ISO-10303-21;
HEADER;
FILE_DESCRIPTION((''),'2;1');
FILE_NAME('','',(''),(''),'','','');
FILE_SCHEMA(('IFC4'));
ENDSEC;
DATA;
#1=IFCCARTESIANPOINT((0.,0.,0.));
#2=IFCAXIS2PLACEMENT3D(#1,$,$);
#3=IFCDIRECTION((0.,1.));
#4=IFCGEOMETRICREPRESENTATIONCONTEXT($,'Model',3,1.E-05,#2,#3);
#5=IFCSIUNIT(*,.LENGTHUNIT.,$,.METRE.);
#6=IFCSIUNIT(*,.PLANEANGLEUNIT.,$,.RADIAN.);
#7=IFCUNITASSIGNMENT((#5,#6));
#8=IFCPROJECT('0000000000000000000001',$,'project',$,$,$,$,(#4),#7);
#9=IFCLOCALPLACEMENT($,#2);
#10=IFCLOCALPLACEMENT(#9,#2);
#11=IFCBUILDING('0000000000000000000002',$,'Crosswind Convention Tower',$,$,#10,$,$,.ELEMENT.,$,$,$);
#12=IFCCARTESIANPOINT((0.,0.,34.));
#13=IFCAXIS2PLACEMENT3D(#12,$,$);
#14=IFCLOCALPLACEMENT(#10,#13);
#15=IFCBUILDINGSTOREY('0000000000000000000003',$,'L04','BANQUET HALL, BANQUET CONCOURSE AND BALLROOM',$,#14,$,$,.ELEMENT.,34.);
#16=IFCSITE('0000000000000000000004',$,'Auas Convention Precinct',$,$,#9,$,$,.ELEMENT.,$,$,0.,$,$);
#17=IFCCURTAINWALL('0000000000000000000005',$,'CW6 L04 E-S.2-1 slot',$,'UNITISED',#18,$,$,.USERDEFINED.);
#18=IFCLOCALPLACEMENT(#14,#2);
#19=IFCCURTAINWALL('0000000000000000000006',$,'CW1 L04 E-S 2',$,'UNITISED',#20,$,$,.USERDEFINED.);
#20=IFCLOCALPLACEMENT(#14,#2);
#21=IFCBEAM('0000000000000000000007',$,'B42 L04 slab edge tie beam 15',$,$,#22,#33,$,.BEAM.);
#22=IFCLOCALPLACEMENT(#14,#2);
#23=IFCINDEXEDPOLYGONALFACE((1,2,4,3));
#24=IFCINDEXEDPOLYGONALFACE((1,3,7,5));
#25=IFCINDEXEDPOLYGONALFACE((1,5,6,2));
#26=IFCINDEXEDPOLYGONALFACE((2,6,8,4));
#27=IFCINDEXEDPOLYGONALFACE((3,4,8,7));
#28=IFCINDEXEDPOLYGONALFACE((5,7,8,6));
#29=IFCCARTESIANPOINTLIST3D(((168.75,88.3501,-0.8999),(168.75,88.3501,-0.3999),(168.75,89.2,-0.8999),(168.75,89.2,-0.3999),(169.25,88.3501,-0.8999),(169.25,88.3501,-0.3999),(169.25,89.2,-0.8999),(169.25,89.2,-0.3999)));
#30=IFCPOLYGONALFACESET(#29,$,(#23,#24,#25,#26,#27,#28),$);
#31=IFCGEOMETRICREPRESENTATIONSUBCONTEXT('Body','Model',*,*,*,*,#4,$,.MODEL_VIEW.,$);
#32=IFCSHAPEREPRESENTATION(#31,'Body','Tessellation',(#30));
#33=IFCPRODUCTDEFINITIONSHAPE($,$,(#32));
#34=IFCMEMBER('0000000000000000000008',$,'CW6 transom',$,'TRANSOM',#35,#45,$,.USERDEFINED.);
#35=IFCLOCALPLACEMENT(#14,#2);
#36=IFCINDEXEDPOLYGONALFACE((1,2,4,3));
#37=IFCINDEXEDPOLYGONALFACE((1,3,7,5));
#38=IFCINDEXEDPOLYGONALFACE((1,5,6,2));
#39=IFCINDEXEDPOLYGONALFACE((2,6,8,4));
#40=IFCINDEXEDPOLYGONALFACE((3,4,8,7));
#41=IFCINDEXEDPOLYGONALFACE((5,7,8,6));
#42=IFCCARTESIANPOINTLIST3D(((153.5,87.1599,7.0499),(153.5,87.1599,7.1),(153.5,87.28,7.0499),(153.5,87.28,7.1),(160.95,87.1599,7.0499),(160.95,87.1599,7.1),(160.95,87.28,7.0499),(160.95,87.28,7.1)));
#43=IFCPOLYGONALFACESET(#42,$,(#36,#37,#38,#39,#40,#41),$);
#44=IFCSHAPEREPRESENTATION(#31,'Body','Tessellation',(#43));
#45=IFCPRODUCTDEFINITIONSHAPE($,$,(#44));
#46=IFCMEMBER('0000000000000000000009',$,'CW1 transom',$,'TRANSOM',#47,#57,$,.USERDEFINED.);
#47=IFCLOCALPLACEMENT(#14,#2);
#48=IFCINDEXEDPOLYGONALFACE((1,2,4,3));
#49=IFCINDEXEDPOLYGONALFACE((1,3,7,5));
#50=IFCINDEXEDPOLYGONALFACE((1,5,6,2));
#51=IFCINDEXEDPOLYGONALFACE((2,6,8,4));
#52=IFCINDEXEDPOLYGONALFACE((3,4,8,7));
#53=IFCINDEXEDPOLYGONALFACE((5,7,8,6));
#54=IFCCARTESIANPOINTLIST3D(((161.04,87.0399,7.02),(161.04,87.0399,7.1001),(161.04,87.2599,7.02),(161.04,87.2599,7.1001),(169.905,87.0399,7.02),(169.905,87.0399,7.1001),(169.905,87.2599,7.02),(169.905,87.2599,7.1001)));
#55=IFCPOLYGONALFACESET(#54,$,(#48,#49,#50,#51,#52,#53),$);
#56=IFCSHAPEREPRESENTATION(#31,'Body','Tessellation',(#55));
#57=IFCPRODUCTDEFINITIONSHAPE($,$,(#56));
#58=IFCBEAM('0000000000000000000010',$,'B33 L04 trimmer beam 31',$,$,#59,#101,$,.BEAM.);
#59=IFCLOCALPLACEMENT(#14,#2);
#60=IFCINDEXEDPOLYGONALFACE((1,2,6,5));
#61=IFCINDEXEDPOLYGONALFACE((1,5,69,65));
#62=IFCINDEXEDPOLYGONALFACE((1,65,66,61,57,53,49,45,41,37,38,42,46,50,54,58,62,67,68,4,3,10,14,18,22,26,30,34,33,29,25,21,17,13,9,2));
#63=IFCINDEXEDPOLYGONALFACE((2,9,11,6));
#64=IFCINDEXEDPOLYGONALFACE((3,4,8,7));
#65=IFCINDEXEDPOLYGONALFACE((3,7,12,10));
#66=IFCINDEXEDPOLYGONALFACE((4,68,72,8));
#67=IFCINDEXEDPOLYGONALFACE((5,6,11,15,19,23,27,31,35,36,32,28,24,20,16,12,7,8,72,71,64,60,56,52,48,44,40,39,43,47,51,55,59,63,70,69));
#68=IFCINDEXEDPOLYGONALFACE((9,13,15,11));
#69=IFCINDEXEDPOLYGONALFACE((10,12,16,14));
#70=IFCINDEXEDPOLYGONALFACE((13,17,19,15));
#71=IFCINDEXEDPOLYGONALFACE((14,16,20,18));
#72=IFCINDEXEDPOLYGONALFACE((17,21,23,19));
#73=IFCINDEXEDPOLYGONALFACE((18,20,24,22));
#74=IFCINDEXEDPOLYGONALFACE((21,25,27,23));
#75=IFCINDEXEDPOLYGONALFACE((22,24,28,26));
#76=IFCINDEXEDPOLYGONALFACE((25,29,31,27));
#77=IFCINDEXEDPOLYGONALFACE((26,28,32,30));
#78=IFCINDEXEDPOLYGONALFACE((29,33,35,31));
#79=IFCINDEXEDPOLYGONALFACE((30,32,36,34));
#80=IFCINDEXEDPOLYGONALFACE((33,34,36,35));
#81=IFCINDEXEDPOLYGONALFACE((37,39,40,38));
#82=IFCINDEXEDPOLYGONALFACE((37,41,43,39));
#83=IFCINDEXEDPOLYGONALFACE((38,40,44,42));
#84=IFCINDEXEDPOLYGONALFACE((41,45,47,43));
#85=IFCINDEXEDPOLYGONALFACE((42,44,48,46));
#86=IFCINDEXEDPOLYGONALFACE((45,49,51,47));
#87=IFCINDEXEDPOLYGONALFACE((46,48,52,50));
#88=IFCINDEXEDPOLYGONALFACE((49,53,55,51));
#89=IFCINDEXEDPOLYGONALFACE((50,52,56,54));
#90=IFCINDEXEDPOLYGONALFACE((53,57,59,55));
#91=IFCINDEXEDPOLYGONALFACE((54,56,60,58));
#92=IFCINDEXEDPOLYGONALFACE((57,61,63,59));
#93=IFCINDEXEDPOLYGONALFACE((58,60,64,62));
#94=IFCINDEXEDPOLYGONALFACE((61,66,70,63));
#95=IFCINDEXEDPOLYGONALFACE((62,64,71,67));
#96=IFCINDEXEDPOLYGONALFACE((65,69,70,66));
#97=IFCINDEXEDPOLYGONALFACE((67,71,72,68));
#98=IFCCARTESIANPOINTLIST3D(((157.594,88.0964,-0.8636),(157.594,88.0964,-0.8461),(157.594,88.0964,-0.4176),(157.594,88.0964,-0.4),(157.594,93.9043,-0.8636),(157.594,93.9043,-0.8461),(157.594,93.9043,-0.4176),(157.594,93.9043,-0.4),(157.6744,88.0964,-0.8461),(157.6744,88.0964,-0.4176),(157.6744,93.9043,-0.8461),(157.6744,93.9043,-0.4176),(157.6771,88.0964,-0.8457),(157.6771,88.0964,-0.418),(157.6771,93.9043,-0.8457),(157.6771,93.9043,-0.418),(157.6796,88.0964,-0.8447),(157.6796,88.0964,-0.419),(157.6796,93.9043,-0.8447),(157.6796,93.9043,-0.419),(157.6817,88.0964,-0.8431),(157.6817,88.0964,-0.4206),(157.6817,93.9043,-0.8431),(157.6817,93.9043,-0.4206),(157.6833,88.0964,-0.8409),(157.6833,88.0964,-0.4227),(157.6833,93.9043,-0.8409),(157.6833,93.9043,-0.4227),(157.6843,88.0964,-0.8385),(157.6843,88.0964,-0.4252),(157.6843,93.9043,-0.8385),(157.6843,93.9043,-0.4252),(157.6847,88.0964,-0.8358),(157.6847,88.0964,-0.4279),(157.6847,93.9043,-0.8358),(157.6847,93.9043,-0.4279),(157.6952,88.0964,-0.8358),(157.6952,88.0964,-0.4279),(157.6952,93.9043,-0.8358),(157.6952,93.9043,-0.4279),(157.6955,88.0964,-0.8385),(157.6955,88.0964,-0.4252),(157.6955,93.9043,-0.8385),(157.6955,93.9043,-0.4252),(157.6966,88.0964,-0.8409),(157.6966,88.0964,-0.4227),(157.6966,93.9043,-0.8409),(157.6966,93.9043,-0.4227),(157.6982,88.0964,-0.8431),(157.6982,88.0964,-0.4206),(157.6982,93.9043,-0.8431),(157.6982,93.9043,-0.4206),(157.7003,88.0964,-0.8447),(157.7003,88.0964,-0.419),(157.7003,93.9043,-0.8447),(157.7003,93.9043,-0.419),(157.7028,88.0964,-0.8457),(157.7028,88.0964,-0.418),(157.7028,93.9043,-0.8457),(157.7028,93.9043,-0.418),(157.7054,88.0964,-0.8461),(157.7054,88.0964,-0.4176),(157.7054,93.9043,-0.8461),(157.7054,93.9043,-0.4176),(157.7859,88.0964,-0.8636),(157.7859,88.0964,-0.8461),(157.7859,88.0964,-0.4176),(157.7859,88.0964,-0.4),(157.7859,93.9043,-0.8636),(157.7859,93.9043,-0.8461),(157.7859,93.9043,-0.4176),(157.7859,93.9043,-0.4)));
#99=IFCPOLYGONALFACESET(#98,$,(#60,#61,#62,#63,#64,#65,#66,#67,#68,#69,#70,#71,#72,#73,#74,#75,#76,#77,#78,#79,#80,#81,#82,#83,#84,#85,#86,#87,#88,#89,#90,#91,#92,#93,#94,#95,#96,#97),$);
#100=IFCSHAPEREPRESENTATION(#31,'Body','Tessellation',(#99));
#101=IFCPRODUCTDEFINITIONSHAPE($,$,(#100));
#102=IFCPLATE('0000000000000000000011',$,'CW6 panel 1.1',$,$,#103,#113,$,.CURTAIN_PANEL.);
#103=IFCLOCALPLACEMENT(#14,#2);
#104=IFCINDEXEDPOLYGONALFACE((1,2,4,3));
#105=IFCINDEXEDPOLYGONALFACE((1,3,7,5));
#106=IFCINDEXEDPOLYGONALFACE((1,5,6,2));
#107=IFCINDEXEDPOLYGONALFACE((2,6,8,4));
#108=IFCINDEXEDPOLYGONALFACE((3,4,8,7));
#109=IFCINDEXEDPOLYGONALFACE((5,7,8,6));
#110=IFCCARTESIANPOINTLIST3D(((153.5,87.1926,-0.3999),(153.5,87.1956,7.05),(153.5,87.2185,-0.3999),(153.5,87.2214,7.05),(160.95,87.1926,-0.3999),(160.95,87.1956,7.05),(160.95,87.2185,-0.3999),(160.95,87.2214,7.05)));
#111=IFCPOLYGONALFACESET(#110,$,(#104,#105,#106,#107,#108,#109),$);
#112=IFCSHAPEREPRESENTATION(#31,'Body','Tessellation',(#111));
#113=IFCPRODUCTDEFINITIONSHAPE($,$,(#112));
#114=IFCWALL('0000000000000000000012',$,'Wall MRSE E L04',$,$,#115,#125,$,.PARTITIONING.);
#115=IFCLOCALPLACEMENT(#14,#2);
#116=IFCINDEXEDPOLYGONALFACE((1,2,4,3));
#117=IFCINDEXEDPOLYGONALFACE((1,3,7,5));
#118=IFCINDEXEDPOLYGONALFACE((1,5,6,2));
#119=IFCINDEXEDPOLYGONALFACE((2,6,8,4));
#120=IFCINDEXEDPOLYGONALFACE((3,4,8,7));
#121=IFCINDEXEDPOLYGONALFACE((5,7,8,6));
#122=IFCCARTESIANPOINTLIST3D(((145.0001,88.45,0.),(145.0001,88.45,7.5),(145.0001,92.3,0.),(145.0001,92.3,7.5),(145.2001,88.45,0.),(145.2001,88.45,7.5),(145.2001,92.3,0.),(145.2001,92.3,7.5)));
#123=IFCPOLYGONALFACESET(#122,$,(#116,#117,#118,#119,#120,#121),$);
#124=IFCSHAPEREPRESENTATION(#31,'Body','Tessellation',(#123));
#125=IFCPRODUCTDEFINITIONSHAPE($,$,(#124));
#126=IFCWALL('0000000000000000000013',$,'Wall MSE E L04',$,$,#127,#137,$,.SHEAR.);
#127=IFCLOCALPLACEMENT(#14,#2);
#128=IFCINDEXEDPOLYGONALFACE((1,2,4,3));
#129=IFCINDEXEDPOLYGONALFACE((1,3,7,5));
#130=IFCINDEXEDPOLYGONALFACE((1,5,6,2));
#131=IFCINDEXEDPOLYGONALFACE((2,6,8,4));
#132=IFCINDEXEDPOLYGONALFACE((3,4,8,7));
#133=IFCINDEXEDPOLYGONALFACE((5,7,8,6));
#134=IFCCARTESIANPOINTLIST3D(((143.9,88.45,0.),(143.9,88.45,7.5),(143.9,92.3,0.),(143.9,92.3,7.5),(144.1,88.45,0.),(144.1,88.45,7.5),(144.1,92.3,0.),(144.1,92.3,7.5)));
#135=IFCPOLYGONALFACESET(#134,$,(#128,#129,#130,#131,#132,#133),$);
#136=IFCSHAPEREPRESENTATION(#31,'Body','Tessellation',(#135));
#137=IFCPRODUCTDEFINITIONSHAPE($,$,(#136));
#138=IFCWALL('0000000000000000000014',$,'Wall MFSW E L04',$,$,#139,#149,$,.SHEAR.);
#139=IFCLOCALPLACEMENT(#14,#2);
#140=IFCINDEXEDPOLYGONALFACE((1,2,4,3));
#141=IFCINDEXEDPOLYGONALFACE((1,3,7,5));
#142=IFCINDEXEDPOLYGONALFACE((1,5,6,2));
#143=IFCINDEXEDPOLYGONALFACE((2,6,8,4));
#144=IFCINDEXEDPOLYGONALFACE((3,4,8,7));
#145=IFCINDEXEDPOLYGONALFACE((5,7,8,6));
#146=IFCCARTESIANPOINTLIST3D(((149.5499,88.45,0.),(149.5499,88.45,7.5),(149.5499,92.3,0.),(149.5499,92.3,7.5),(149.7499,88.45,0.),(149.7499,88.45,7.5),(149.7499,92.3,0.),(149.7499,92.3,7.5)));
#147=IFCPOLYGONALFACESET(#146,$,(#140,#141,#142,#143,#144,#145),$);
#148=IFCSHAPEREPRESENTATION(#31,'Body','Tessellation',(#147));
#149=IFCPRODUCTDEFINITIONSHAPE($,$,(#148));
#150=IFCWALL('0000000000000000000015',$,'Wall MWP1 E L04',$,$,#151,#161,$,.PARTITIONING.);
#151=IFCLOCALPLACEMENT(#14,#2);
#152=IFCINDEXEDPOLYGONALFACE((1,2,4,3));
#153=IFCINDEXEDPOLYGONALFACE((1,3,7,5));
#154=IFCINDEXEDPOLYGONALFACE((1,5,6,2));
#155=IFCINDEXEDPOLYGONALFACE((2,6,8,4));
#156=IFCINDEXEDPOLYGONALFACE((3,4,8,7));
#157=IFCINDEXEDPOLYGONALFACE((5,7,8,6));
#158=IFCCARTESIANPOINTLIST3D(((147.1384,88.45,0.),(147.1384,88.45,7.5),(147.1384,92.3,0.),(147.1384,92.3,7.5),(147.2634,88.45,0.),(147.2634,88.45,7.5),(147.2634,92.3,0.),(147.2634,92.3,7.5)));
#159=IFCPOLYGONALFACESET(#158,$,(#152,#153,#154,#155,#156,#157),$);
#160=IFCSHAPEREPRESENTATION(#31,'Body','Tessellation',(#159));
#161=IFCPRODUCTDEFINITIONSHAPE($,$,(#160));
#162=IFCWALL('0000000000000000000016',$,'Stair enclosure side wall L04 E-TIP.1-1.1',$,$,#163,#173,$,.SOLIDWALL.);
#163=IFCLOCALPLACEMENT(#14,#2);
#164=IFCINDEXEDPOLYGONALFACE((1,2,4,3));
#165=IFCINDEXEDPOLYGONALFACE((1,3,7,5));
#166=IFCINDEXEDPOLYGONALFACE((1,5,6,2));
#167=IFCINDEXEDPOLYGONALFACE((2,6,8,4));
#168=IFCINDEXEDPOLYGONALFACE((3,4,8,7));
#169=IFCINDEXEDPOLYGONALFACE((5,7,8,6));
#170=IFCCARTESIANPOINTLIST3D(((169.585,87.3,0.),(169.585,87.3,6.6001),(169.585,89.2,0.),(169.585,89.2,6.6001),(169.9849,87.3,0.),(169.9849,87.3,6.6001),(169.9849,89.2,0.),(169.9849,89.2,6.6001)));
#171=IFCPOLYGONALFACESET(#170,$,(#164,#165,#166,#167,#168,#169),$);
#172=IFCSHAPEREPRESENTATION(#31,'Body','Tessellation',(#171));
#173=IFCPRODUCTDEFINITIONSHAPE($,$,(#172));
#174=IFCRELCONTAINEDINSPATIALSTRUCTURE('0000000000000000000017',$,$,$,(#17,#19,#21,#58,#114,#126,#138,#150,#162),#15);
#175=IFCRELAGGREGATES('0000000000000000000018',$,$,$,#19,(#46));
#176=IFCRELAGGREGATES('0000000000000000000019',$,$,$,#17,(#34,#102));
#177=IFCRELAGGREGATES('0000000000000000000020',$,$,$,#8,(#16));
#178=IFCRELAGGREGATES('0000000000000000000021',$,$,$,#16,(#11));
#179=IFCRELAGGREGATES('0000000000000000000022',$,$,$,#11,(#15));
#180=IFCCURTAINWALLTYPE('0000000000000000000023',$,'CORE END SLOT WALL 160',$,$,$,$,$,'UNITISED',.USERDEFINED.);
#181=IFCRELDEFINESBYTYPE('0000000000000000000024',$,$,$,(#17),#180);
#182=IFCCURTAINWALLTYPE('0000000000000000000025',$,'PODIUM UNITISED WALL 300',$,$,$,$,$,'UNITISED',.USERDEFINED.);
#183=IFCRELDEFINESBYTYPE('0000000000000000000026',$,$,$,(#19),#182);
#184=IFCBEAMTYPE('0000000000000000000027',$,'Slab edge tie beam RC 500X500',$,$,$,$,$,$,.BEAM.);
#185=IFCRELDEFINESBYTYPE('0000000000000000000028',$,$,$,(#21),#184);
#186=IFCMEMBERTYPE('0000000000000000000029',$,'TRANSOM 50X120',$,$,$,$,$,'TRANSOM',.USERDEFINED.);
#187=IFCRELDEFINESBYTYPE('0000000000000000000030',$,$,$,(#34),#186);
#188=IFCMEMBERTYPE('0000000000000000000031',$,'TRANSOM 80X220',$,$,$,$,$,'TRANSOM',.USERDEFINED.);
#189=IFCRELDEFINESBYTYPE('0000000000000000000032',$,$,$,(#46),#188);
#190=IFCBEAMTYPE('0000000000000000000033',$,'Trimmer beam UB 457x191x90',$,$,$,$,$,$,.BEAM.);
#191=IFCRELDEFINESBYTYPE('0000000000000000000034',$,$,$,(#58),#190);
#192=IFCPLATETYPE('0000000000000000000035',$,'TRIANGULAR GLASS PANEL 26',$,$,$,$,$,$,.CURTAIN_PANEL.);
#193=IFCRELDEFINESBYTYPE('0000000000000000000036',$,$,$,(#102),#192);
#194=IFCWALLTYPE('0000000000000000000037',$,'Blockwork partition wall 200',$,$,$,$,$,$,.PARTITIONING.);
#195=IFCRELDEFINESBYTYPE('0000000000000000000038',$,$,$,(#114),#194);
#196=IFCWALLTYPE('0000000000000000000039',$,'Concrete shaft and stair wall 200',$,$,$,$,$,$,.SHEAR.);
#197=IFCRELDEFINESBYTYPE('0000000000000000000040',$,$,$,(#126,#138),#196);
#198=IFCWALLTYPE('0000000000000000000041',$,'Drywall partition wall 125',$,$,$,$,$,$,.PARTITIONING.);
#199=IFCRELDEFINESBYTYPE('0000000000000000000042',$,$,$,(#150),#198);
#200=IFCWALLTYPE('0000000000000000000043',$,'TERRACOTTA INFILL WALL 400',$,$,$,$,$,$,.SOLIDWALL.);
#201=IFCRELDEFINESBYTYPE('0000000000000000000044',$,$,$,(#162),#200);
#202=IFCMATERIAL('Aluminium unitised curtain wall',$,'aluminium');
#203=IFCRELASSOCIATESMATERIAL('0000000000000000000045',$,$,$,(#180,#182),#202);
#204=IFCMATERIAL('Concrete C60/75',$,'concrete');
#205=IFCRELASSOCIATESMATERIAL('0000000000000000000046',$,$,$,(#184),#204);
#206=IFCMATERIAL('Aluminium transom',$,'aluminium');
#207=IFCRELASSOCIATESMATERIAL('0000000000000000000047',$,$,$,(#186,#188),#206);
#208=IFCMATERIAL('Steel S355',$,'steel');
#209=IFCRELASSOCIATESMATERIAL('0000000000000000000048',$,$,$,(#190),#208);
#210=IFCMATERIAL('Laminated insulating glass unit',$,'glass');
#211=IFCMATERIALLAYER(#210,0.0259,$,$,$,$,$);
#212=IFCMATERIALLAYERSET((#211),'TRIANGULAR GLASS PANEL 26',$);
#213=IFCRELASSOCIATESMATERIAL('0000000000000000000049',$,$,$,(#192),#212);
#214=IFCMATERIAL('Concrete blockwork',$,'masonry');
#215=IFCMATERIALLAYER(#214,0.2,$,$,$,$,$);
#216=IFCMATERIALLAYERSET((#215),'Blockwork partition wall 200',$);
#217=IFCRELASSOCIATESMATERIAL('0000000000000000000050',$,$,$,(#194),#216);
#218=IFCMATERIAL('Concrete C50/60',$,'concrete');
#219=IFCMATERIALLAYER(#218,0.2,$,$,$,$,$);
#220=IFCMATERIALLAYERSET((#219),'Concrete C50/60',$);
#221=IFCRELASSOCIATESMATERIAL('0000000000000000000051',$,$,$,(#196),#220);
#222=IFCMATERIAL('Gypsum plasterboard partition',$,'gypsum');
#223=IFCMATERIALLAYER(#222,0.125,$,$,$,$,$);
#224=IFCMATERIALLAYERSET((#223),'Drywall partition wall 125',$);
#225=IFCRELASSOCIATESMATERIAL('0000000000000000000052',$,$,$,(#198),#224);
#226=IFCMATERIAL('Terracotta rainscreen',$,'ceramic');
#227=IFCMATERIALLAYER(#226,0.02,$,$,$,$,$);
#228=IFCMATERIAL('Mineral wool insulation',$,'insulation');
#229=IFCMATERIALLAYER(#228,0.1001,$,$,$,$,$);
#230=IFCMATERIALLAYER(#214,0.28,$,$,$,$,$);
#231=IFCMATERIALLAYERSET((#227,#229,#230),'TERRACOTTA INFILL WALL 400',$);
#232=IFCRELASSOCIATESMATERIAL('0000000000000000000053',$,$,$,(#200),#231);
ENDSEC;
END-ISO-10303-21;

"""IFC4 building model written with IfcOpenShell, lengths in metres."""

from ifc_helpers import new_model, si_unit, direction, frame, frame_2d, origin, origin_2d, place, context, subcontext, project, spatial, polyline, rectangle, i_section, outline, extrude, material, layer, layer_set, material_profile, profile_set, type_object, element, aggregate, save


model = new_model("IFC4")

# Units and contexts
model_context = context("Model", 3, precision=1e-05, world=origin(), true_north=direction((0.0, 1.0)))
body_context = subcontext(model_context, "Body", "Model", "MODEL_VIEW")
ifc_project = project(units=[si_unit("LENGTHUNIT", "METRE"), si_unit("PLANEANGLEUNIT", "RADIAN")], contexts=[model_context])

# Site, building, storey
site_placement = place(None, origin())
site = spatial("IfcSite", under=ifc_project, at=site_placement, Name="Auas Convention Precinct", CompositionType="ELEMENT", RefElevation=0.0)
building_placement = place(site_placement, origin())
building = spatial("IfcBuilding", under=site, at=building_placement, Name="Crosswind Convention Tower", CompositionType="ELEMENT")
storey_placement = place(building_placement, frame((0.0, 0.0, 34.0)))
storey = spatial("IfcBuildingStorey", under=building, at=storey_placement, Name="L04", Description="BANQUET HALL, BANQUET CONCOURSE AND BALLROOM", CompositionType="ELEMENT", Elevation=34.0)

# Shared definitions
ifc_material_1 = material(Name="Concrete C60/75", Category="concrete")

# Shared definitions
ifc_material_2 = material(Name="Steel S355", Category="steel")

# Curtain walls
ifc_material_3 = material(Name="Aluminium unitised curtain wall", Category="aluminium")
curtain_wall_type_1 = type_object("IfcCurtainWallType", Name="CORE END SLOT WALL 160", ElementType="UNITISED", PredefinedType="USERDEFINED", material=ifc_material_3)
curtain_wall_1_placement = place(storey_placement, origin())
curtain_wall_1 = element("IfcCurtainWall", 1, at=curtain_wall_1_placement, inside=storey, type_object=curtain_wall_type_1, Name="CW6 L04 E-S.2-1 slot", ObjectType="UNITISED", PredefinedType="USERDEFINED")
curtain_wall_type_2 = type_object("IfcCurtainWallType", Name="PODIUM UNITISED WALL 300", ElementType="UNITISED", PredefinedType="USERDEFINED", material=ifc_material_3)
curtain_wall_2_placement = place(storey_placement, origin())
curtain_wall_2 = element("IfcCurtainWall", 2, at=curtain_wall_2_placement, inside=storey, type_object=curtain_wall_type_2, Name="CW1 L04 E-S 2", ObjectType="UNITISED", PredefinedType="USERDEFINED")

# Beam
ifc_material_profile_1 = material_profile(ifc_material_1, rectangle(XDim=0.5, YDim=0.5, at=origin_2d()), Name="RC 500X500")
ifc_profile_set_1 = profile_set([ifc_material_profile_1], Name="Concrete C60/75")
beam_type_1 = type_object("IfcBeamType", Name="Slab edge tie beam RC 500X500", PredefinedType="BEAM", material=ifc_profile_set_1)
beam_1_placement = place(storey_placement, frame((169.0, 88.3501, -0.6499), z_axis=(0.0, 1.0, 0.0), x_axis=(-1.0, 0.0, 0.0)))
element("IfcBeam", 3, at=beam_1_placement, inside=storey, type_object=beam_type_1, Name="B42 L04 slab edge tie beam 15", PredefinedType="BEAM", context=body_context, shape_type="SweptSolid", body=[
    extrude(rectangle(XDim=0.5, YDim=0.5, at=origin_2d()), origin(), (0.0, 0.0, 1.0), 0.8499),
])

# Members
ifc_material_4 = material(Name="Aluminium transom", Category="aluminium")
ifc_material_profile_2 = material_profile(ifc_material_4, rectangle(XDim=0.1201, YDim=0.05, at=origin_2d()), Name="AL 120X50")
ifc_profile_set_2 = profile_set([ifc_material_profile_2], Name="Aluminium transom")
member_type_1 = type_object("IfcMemberType", Name="TRANSOM 50X120", ElementType="TRANSOM", PredefinedType="USERDEFINED", material=ifc_profile_set_2)
member_1_placement = place(storey_placement, frame((153.5, 87.22, 7.075), z_axis=(1.0, 0.0, 0.0), x_axis=(0.0, 1.0, 0.0)))
member_1 = element("IfcMember", 4, at=member_1_placement, type_object=member_type_1, Name="CW6 transom", ObjectType="TRANSOM", PredefinedType="USERDEFINED", context=body_context, shape_type="SweptSolid", body=[
    extrude(rectangle(XDim=0.1201, YDim=0.05, at=origin_2d()), origin(), (0.0, 0.0, 1.0), 7.45),
])
ifc_material_profile_3 = material_profile(ifc_material_4, rectangle(XDim=0.22, YDim=0.0801, at=origin_2d()), Name="AL 220X80")
ifc_profile_set_3 = profile_set([ifc_material_profile_3], Name="Aluminium transom")
member_type_2 = type_object("IfcMemberType", Name="TRANSOM 80X220", ElementType="TRANSOM", PredefinedType="USERDEFINED", material=ifc_profile_set_3)
member_2_placement = place(storey_placement, frame((161.04, 87.1499, 7.0601), z_axis=(1.0, 0.0, 0.0), x_axis=(0.0, 1.0, 0.0)))
member_2 = element("IfcMember", 5, at=member_2_placement, type_object=member_type_2, Name="CW1 transom", ObjectType="TRANSOM", PredefinedType="USERDEFINED", context=body_context, shape_type="SweptSolid", body=[
    extrude(rectangle(XDim=0.22, YDim=0.0801, at=origin_2d()), origin(), (0.0, 0.0, 1.0), 8.865),
])
aggregate(curtain_wall_2, [member_2])

# Beam
ifc_material_profile_4 = material_profile(ifc_material_2, i_section(OverallWidth=0.1919, OverallDepth=0.4636, WebThickness=0.0105, FlangeThickness=0.0176, FilletRadius=0.0103, at=origin_2d()), Name="UB 457x191x90")
ifc_profile_set_4 = profile_set([ifc_material_profile_4], Name="Steel S355")
beam_type_2 = type_object("IfcBeamType", Name="Trimmer beam UB 457x191x90", PredefinedType="BEAM", material=ifc_profile_set_4)
beam_2_placement = place(storey_placement, frame((157.6899, 88.0964, -0.6318), z_axis=(0.0, 1.0, 0.0), x_axis=(-1.0, 0.0, 0.0)))
element("IfcBeam", 6, at=beam_2_placement, inside=storey, type_object=beam_type_2, Name="B33 L04 trimmer beam 31", PredefinedType="BEAM", context=body_context, shape_type="SweptSolid", body=[
    extrude(i_section(OverallWidth=0.1919, OverallDepth=0.4636, WebThickness=0.0105, FlangeThickness=0.0176, FilletRadius=0.0103, at=origin_2d()), origin(), (0.0, 0.0, 1.0), 5.8079),
])

# Plate
ifc_material_5 = material(Name="Laminated insulating glass unit", Category="glass")
ifc_layer_1 = layer(ifc_material_5, 0.0259)
ifc_layer_set_1 = layer_set([ifc_layer_1], Name="TRIANGULAR GLASS PANEL 26")
plate_type = type_object("IfcPlateType", Name="TRIANGULAR GLASS PANEL 26", PredefinedType="CURTAIN_PANEL", material=ifc_layer_set_1)
plate_placement = place(storey_placement, frame((153.5, 87.1926, -0.3999), z_axis=(0.0, -1.0, 0.000393), x_axis=(1.0, 0.0, 0.0)))
plate = element("IfcPlate", 7, at=plate_placement, type_object=plate_type, Name="CW6 panel 1.1", PredefinedType="CURTAIN_PANEL", context=body_context, shape_type="SweptSolid", body=[
    extrude(outline(polyline([(0.0, 0.0), (7.45, 0.0), (7.45, 7.45), (0.0, 7.45), (0.0, 0.0)])), origin(), (0.0, 0.0, -1.0), 0.0259),
])
aggregate(curtain_wall_1, [member_1, plate])

# Walls
ifc_material_6 = material(Name="Concrete blockwork", Category="masonry")
ifc_layer_2 = layer(ifc_material_6, 0.2)
ifc_layer_set_2 = layer_set([ifc_layer_2], Name="Blockwork partition wall 200")
wall_type_1 = type_object("IfcWallType", Name="Blockwork partition wall 200", PredefinedType="PARTITIONING", material=ifc_layer_set_2)
wall_1_placement = place(storey_placement, frame((145.1001, 88.45, 0.0), z_axis=(0.0, 0.0, 1.0), x_axis=(0.0, 1.0, 0.0)))
element("IfcWall", 8, at=wall_1_placement, inside=storey, type_object=wall_type_1, Name="Wall MRSE E L04", PredefinedType="PARTITIONING", context=body_context, shape_type="SweptSolid", body=[
    extrude(rectangle(XDim=3.8501, YDim=0.2, at=frame_2d((1.925, 0.0))), origin(), (0.0, 0.0, 1.0), 7.5),
])
ifc_material_7 = material(Name="Concrete C50/60", Category="concrete")
ifc_layer_3 = layer(ifc_material_7, 0.2)
ifc_layer_set_3 = layer_set([ifc_layer_3], Name="Concrete C50/60")
wall_type_2 = type_object("IfcWallType", Name="Concrete shaft and stair wall 200", PredefinedType="SHEAR", material=ifc_layer_set_3)
for number, where, z_axis, x_axis, name in (
    (9, (144.0, 88.45, 0.0), (0.0, 0.0, 1.0), (0.0, 1.0, 0.0), "Wall MSE E L04"),
    (10, (149.6499, 88.45, 0.0), (0.0, 0.0, 1.0), (0.0, 1.0, 0.0), "Wall MFSW E L04"),
):
    element("IfcWall", number, at=place(storey_placement, frame(where, z_axis=z_axis, x_axis=x_axis)), inside=storey, type_object=wall_type_2, Name=name, PredefinedType="SHEAR", context=body_context, shape_type="SweptSolid", body=[
        extrude(rectangle(XDim=3.8501, YDim=0.2, at=frame_2d((1.925, 0.0))), origin(), (0.0, 0.0, 1.0), 7.5),
    ])
ifc_material_8 = material(Name="Gypsum plasterboard partition", Category="gypsum")
ifc_layer_4 = layer(ifc_material_8, 0.125)
ifc_layer_set_4 = layer_set([ifc_layer_4], Name="Drywall partition wall 125")
wall_type_3 = type_object("IfcWallType", Name="Drywall partition wall 125", PredefinedType="PARTITIONING", material=ifc_layer_set_4)
wall_2_placement = place(storey_placement, frame((147.2009, 88.45, 0.0), z_axis=(0.0, 0.0, 1.0), x_axis=(0.0, 1.0, 0.0)))
element("IfcWall", 11, at=wall_2_placement, inside=storey, type_object=wall_type_3, Name="Wall MWP1 E L04", PredefinedType="PARTITIONING", context=body_context, shape_type="SweptSolid", body=[
    extrude(rectangle(XDim=3.8501, YDim=0.125, at=frame_2d((1.925, 0.0))), origin(), (0.0, 0.0, 1.0), 7.5),
])
ifc_material_9 = material(Name="Terracotta rainscreen", Category="ceramic")
ifc_layer_5 = layer(ifc_material_9, 0.02)
ifc_material_10 = material(Name="Mineral wool insulation", Category="insulation")
ifc_layer_6 = layer(ifc_material_10, 0.1001)
ifc_layer_7 = layer(ifc_material_6, 0.28)
ifc_layer_set_5 = layer_set([ifc_layer_5, ifc_layer_6, ifc_layer_7], Name="TERRACOTTA INFILL WALL 400")
wall_type_4 = type_object("IfcWallType", Name="TERRACOTTA INFILL WALL 400", PredefinedType="SOLIDWALL", material=ifc_layer_set_5)
wall_3_placement = place(storey_placement, frame((169.7849, 87.3, 0.0), z_axis=(0.0, 0.0, 1.0), x_axis=(0.0, 1.0, 0.0)))
element("IfcWall", 12, at=wall_3_placement, inside=storey, type_object=wall_type_4, Name="Stair enclosure side wall L04 E-TIP.1-1.1", PredefinedType="SOLIDWALL", context=body_context, shape_type="SweptSolid", body=[
    extrude(rectangle(XDim=1.8999, YDim=0.3999, at=frame_2d((0.95, 0.0))), origin(), (0.0, 0.0, 1.0), 6.6001),
])

save(model, "model.ifc")
